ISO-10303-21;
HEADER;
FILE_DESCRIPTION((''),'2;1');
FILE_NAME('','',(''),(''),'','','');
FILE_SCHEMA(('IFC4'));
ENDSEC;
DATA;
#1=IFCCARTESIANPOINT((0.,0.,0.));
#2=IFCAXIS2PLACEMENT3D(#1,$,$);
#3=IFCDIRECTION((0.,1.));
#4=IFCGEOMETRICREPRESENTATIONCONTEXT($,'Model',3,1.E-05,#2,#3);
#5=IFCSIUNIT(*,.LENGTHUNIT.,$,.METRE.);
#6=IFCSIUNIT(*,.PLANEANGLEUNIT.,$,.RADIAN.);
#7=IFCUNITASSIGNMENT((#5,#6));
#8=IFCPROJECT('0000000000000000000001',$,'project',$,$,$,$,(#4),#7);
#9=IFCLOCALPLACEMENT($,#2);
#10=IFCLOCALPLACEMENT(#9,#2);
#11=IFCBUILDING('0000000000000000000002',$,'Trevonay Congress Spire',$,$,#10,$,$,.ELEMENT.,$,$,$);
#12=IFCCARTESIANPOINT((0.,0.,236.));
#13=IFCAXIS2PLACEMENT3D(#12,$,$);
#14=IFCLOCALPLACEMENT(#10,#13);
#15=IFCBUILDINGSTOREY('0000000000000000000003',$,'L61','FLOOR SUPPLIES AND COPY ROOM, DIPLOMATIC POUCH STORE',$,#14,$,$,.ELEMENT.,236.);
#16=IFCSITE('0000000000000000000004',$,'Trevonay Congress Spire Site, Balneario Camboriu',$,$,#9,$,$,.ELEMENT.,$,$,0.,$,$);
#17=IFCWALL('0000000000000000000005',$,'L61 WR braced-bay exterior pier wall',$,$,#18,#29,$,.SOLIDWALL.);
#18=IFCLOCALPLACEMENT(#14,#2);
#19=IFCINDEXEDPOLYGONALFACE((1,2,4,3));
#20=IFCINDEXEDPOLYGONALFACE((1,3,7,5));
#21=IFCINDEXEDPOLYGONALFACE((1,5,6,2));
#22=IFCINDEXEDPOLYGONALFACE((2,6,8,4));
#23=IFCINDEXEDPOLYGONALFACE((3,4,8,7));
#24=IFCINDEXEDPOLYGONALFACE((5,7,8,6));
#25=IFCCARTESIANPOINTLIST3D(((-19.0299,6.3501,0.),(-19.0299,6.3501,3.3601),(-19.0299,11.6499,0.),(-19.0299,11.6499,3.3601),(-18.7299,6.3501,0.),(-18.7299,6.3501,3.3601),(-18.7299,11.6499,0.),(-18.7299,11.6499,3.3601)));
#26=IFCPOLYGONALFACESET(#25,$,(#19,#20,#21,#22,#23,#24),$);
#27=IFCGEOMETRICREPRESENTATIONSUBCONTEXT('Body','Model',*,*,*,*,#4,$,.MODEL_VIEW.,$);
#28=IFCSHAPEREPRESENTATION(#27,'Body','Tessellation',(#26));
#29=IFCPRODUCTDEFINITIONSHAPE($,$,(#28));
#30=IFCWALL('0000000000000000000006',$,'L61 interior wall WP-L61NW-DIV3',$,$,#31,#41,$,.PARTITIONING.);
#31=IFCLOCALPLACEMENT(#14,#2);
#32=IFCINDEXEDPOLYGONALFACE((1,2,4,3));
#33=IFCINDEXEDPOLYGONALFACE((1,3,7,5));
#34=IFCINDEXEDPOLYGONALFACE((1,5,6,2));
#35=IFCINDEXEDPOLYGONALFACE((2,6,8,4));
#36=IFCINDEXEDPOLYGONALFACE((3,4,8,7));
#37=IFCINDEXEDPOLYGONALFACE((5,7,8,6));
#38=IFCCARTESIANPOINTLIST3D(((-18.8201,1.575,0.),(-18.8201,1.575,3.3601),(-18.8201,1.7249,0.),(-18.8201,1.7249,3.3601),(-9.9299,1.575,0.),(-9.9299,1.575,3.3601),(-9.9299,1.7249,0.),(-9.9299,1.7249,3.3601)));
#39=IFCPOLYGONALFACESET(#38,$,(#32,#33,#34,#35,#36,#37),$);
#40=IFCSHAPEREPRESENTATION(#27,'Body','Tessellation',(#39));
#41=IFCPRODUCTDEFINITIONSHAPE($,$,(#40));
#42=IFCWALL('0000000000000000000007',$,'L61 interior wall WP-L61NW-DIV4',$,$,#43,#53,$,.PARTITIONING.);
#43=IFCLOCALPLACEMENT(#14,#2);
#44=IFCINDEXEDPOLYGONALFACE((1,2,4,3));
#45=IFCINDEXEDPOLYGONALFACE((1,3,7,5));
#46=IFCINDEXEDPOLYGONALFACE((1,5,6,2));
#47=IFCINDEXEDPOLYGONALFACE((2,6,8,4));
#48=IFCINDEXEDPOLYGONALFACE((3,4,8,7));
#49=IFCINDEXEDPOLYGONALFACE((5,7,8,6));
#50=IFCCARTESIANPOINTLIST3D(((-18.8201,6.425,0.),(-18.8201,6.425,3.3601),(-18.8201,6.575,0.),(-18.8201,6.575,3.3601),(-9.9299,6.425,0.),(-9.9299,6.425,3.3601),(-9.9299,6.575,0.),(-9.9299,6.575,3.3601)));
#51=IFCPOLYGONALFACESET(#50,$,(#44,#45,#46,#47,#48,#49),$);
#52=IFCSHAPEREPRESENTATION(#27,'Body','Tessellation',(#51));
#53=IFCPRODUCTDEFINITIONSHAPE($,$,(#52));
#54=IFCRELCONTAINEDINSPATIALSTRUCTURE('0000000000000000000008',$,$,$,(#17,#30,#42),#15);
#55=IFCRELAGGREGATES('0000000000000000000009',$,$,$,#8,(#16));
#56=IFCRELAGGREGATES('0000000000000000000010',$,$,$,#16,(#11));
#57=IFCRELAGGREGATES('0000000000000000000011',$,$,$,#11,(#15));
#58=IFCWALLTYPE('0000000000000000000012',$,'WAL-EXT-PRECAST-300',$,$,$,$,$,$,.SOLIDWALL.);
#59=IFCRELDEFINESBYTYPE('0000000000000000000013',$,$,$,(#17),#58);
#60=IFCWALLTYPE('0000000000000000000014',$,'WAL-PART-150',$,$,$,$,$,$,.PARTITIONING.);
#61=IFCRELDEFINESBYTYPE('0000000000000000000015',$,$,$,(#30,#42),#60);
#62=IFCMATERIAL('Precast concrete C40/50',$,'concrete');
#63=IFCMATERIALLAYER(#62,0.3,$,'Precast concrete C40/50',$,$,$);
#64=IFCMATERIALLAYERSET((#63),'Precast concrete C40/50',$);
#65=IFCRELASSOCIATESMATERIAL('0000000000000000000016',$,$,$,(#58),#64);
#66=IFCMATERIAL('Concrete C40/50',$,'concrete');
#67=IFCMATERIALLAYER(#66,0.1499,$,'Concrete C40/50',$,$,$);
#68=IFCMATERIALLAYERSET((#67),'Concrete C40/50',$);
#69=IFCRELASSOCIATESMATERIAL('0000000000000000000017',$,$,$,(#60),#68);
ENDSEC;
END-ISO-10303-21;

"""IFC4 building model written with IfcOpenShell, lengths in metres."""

from ifc_helpers import new_model, si_unit, direction, frame, frame_2d, origin, place, context, subcontext, project, spatial, rectangle, extrude, material, layer, layer_set, type_object, element, save


model = new_model("IFC4")

# Units and contexts
model_context = context("Model", 3, precision=1e-05, world=origin(), true_north=direction((0.0, 1.0)))
body_context = subcontext(model_context, "Body", "Model", "MODEL_VIEW")
ifc_project = project(units=[si_unit("LENGTHUNIT", "METRE"), si_unit("PLANEANGLEUNIT", "RADIAN")], contexts=[model_context])

# Site, building, storey
site_placement = place(None, origin())
site = spatial("IfcSite", under=ifc_project, at=site_placement, Name="Trevonay Congress Spire Site, Balneario Camboriu", CompositionType="ELEMENT", RefElevation=0.0)
building_placement = place(site_placement, origin())
building = spatial("IfcBuilding", under=site, at=building_placement, Name="Trevonay Congress Spire", CompositionType="ELEMENT")
storey_placement = place(building_placement, frame((0.0, 0.0, 236.0)))
storey = spatial("IfcBuildingStorey", under=building, at=storey_placement, Name="L61", Description="FLOOR SUPPLIES AND COPY ROOM, DIPLOMATIC POUCH STORE", CompositionType="ELEMENT", Elevation=236.0)

# Walls
ifc_material_1 = material(Name="Precast concrete C40/50", Category="concrete")
ifc_layer_1 = layer(ifc_material_1, 0.3, Name="Precast concrete C40/50")
ifc_layer_set_1 = layer_set([ifc_layer_1], Name="Precast concrete C40/50")
wall_type_1 = type_object("IfcWallType", Name="WAL-EXT-PRECAST-300", PredefinedType="SOLIDWALL", material=ifc_layer_set_1)
wall_1_placement = place(storey_placement, frame((-18.8799, 6.3501, 0.0), z_axis=(0.0, 0.0, 1.0), x_axis=(0.0, 1.0, 0.0)))
element("IfcWall", 1, at=wall_1_placement, inside=storey, type_object=wall_type_1, Name="L61 WR braced-bay exterior pier wall", PredefinedType="SOLIDWALL", context=body_context, shape_type="SweptSolid", body=[
    extrude(rectangle(XDim=5.2998, YDim=0.3, at=frame_2d((2.6499, 0.0))), origin(), (0.0, 0.0, 1.0), 3.3601),
])
ifc_material_2 = material(Name="Concrete C40/50", Category="concrete")
ifc_layer_2 = layer(ifc_material_2, 0.1499, Name="Concrete C40/50")
ifc_layer_set_2 = layer_set([ifc_layer_2], Name="Concrete C40/50")
wall_type_2 = type_object("IfcWallType", Name="WAL-PART-150", PredefinedType="PARTITIONING", material=ifc_layer_set_2)
for number, where, z_axis, x_axis, name in (
    (2, (-18.8201, 1.6499, 0.0), (0.0, 0.0, 1.0), (1.0, 0.0, 0.0), "L61 interior wall WP-L61NW-DIV3"),
    (3, (-18.8201, 6.5, 0.0), (0.0, 0.0, 1.0), (1.0, 0.0, 0.0), "L61 interior wall WP-L61NW-DIV4"),
):
    element("IfcWall", number, at=place(storey_placement, frame(where, z_axis=z_axis, x_axis=x_axis)), inside=storey, type_object=wall_type_2, Name=name, PredefinedType="PARTITIONING", context=body_context, shape_type="SweptSolid", body=[
        extrude(rectangle(XDim=8.8901, YDim=0.1499, at=frame_2d((4.4451, 0.0))), origin(), (0.0, 0.0, 1.0), 3.3601),
    ])

save(model, "model.ifc")
